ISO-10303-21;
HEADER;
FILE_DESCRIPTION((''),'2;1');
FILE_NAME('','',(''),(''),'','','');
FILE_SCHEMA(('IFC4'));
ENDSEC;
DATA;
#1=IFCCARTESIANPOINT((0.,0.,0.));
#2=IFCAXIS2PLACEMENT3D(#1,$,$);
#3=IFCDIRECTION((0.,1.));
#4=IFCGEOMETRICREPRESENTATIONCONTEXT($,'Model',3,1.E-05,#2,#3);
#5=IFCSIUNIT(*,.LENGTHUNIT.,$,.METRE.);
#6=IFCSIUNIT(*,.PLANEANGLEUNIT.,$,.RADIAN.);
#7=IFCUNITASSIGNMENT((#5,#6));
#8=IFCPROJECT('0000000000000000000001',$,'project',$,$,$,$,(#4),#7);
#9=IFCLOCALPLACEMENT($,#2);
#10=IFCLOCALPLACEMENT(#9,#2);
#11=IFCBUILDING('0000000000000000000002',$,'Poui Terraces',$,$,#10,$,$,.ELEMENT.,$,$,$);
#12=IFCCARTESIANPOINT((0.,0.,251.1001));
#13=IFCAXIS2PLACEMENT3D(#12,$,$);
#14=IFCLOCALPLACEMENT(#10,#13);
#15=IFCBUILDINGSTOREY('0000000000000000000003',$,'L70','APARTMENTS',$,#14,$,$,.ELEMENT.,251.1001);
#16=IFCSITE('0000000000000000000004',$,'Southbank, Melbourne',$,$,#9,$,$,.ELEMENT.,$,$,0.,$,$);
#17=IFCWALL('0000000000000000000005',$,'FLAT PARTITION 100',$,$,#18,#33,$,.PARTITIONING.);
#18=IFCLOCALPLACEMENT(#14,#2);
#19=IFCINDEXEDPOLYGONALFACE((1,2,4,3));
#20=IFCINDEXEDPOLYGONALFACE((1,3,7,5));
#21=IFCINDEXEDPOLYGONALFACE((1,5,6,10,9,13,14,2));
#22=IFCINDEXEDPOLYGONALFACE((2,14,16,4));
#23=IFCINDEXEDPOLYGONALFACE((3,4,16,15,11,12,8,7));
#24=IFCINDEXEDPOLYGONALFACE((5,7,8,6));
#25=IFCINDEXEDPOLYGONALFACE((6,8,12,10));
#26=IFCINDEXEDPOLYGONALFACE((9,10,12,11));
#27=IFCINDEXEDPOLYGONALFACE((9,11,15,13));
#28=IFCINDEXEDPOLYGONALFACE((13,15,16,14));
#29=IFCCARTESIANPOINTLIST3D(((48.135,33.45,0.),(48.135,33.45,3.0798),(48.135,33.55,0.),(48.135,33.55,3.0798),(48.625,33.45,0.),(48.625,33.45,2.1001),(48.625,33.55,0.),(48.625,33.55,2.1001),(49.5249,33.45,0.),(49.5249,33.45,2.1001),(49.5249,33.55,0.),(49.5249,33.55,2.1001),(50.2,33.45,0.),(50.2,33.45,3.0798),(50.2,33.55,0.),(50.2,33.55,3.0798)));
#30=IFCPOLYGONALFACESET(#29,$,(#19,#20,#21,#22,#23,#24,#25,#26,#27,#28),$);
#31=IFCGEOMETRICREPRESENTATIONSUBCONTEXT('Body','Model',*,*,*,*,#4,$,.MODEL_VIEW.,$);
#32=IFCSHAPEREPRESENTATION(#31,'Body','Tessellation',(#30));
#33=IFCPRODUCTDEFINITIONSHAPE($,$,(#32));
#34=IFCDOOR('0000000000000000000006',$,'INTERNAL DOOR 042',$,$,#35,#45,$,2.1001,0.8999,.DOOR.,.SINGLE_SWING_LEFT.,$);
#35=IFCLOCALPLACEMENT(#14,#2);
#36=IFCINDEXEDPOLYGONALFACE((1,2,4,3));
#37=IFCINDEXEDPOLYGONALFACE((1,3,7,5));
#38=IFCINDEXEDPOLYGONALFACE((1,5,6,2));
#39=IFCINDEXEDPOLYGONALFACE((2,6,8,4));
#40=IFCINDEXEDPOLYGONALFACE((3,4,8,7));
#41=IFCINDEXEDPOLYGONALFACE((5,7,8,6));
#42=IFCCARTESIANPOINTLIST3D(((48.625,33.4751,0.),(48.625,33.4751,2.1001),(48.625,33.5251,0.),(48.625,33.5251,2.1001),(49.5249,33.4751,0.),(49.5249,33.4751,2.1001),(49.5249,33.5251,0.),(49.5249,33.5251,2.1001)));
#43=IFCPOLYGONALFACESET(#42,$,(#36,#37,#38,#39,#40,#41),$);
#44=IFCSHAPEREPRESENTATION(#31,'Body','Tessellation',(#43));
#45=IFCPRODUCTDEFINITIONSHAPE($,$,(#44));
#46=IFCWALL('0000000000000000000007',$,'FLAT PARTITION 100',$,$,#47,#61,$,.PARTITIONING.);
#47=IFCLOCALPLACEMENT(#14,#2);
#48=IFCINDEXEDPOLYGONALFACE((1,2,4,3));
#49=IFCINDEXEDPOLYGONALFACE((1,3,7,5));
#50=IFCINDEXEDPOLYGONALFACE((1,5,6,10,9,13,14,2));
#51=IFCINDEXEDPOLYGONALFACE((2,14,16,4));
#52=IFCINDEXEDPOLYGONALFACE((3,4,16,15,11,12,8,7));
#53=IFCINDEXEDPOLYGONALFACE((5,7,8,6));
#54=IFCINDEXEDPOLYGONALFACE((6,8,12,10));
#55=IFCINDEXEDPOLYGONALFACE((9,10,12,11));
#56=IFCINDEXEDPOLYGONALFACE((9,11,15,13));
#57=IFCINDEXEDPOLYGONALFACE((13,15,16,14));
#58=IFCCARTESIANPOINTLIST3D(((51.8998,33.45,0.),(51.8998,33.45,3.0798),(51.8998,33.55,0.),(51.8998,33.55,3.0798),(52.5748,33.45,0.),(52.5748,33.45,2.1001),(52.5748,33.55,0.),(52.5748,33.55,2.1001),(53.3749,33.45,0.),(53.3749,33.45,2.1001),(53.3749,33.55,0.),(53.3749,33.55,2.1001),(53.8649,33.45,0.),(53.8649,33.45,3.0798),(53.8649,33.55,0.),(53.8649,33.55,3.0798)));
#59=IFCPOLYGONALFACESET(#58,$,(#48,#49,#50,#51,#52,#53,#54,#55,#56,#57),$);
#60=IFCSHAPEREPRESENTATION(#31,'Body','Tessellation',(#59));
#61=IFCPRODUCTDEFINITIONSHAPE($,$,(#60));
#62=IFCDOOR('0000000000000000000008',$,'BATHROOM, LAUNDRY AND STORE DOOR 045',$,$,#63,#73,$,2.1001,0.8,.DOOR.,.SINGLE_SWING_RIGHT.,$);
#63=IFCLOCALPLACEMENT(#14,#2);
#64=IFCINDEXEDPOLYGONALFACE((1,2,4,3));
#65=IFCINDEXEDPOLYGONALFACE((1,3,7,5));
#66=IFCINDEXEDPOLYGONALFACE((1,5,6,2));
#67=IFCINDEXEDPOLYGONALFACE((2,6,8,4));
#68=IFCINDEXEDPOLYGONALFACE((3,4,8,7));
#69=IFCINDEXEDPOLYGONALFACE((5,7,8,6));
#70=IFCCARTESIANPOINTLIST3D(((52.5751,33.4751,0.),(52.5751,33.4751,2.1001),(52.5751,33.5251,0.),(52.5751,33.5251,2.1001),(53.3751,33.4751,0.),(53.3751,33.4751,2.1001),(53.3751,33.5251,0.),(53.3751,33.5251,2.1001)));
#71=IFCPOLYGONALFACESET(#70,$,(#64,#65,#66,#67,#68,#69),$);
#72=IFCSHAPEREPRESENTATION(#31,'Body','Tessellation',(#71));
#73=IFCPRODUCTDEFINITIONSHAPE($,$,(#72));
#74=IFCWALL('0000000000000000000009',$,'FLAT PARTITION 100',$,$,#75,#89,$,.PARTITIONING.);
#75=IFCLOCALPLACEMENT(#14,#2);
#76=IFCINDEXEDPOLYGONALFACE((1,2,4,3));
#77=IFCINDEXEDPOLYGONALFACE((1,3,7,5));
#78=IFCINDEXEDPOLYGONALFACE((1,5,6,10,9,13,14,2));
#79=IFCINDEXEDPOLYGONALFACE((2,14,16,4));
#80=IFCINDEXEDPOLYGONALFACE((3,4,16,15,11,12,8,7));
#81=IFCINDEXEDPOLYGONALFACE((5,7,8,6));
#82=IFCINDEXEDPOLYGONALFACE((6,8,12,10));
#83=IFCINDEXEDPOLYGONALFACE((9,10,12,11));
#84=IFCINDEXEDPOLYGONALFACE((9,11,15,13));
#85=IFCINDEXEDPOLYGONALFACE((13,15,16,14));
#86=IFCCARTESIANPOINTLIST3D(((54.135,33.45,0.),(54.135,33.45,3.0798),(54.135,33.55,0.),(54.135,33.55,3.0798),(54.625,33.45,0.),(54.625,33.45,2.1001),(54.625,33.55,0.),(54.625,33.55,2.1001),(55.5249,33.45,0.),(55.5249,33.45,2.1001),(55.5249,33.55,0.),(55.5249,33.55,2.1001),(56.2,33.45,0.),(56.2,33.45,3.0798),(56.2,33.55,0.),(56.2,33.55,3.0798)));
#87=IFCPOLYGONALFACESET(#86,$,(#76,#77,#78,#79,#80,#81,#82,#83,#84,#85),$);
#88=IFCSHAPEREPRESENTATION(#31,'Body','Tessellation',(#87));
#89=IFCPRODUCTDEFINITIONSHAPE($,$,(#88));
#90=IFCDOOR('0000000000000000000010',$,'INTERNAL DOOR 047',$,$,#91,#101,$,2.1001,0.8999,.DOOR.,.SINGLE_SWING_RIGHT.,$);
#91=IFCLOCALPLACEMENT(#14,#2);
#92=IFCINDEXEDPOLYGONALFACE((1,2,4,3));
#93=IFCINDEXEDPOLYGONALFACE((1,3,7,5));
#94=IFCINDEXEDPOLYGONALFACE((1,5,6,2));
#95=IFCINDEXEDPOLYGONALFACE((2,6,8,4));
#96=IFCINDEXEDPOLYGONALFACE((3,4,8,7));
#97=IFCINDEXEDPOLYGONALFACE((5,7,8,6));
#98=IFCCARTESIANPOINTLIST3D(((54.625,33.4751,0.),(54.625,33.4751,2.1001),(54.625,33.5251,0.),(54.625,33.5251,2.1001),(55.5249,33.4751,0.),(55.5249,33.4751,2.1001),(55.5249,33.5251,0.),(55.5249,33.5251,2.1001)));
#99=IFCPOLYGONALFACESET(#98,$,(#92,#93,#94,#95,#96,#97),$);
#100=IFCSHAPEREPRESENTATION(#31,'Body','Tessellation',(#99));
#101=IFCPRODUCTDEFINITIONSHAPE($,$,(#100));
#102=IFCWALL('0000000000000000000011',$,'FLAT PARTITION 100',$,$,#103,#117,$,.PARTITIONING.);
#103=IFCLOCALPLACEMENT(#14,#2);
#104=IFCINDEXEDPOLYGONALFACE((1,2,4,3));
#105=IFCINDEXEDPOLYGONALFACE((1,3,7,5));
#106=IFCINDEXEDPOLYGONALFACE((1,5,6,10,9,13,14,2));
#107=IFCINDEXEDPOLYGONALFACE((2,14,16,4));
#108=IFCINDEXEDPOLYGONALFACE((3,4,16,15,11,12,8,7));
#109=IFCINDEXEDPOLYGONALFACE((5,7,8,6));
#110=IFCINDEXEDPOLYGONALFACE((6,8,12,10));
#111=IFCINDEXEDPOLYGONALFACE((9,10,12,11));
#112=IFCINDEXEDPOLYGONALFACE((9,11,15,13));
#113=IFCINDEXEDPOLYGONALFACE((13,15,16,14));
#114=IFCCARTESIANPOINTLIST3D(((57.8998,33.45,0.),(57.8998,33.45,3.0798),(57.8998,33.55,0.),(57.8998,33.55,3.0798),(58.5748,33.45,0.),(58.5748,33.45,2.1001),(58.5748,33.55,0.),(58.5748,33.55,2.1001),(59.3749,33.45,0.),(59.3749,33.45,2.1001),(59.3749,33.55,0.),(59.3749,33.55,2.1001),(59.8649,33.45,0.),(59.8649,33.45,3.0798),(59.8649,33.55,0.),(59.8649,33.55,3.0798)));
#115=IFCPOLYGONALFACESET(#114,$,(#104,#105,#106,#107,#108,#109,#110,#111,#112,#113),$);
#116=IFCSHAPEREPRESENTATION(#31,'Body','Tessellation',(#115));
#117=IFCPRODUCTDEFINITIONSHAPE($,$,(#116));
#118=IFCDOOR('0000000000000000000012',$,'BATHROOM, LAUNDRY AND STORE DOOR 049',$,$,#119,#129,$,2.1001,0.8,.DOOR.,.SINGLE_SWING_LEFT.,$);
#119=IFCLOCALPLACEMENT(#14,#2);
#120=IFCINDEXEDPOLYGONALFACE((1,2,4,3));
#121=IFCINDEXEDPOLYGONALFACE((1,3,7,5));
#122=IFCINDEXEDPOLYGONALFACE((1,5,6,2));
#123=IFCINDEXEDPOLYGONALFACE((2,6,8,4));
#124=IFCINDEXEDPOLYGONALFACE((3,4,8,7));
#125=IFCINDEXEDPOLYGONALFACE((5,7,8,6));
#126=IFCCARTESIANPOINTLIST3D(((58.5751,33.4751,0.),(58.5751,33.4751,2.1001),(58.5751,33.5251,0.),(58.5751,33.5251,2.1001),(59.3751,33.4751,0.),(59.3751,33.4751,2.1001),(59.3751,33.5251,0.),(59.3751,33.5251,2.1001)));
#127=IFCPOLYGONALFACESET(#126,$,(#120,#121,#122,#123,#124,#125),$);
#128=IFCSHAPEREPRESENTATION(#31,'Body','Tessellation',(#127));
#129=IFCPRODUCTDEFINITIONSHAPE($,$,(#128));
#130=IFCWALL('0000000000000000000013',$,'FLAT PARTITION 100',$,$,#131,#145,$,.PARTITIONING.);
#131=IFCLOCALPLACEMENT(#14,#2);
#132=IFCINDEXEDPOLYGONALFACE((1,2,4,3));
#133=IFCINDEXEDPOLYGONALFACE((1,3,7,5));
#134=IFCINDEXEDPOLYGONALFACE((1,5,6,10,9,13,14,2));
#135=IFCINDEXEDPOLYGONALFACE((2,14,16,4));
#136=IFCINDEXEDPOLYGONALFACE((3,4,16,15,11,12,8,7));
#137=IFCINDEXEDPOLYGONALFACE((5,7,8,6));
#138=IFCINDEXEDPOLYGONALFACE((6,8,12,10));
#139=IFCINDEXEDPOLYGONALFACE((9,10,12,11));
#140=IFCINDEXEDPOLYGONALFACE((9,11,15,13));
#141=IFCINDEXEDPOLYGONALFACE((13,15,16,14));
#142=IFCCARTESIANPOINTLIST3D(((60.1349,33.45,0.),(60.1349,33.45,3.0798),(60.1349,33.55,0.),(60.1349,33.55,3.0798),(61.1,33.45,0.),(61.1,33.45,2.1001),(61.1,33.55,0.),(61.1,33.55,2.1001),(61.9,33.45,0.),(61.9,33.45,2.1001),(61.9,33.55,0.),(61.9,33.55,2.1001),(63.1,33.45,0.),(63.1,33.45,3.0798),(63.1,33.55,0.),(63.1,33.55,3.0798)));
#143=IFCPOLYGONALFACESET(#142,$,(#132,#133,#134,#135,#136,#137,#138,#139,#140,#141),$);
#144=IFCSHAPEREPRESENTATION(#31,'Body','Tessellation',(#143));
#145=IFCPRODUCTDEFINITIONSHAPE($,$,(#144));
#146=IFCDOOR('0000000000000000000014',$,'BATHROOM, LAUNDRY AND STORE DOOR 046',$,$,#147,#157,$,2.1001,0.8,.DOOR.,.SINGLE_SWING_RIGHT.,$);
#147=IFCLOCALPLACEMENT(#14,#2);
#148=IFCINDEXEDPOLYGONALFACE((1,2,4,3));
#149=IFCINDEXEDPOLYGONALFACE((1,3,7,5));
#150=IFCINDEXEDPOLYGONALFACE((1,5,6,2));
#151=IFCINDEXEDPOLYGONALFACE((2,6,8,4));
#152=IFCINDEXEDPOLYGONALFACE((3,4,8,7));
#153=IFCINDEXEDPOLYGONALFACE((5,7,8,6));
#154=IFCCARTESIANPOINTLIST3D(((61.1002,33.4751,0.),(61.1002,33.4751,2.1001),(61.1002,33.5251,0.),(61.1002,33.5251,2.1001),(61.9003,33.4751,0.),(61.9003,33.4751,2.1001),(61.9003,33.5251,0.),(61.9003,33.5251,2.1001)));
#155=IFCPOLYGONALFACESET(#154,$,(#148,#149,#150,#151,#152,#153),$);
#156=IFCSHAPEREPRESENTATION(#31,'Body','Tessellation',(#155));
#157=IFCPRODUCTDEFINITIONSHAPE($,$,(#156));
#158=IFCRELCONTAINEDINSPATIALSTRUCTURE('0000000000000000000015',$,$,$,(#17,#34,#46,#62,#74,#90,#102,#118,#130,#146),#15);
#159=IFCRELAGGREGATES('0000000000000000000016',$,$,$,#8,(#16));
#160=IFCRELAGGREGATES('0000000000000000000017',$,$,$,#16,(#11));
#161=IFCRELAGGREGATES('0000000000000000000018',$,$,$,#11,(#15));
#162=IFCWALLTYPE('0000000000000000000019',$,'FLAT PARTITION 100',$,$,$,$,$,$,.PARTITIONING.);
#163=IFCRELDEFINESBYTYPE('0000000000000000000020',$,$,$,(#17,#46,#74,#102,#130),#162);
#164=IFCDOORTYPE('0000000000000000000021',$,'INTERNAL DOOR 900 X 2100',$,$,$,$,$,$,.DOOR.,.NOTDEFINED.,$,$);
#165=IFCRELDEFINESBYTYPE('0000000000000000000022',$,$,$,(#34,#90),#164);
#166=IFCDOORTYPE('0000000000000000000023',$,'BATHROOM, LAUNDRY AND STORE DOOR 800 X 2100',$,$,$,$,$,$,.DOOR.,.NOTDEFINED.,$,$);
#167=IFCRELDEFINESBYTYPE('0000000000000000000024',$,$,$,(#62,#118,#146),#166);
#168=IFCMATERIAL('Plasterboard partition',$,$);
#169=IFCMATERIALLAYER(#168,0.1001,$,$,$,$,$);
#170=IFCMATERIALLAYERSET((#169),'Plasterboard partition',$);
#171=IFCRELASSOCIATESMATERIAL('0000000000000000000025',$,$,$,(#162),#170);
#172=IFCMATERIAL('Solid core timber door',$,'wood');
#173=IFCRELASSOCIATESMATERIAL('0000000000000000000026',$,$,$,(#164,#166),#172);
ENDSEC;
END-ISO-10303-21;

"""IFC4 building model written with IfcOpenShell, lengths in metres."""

from ifc_helpers import new_model, si_unit, direction, frame, frame_2d, origin, place, context, subcontext, project, spatial, rectangle, extrude, material, layer, layer_set, type_object, element, fill, save


model = new_model("IFC4")

# Units and contexts
model_context = context("Model", 3, precision=1e-05, world=origin(), true_north=direction((0.0, 1.0)))
body_context = subcontext(model_context, "Body", "Model", "MODEL_VIEW")
ifc_project = project(units=[si_unit("LENGTHUNIT", "METRE"), si_unit("PLANEANGLEUNIT", "RADIAN")], contexts=[model_context])

# Site, building, storey
site_placement = place(None, origin())
site = spatial("IfcSite", under=ifc_project, at=site_placement, Name="Southbank, Melbourne", CompositionType="ELEMENT", RefElevation=0.0)
building_placement = place(site_placement, origin())
building = spatial("IfcBuilding", under=site, at=building_placement, Name="Poui Terraces", CompositionType="ELEMENT")
storey_placement = place(building_placement, frame((0.0, 0.0, 251.1001)))
storey = spatial("IfcBuildingStorey", under=building, at=storey_placement, Name="L70", Description="APARTMENTS", CompositionType="ELEMENT", Elevation=251.1001)

# Walls, openings, doors
ifc_material_1 = material(Name="Plasterboard partition")
ifc_layer_1 = layer(ifc_material_1, 0.1001)
ifc_layer_set_1 = layer_set([ifc_layer_1], Name="Plasterboard partition")
wall_type_1 = type_object("IfcWallType", Name="FLAT PARTITION 100", PredefinedType="PARTITIONING", material=ifc_layer_set_1)
wall_1_placement = place(storey_placement, frame((48.135, 33.5, 0.0), z_axis=(0.0, 0.0, 1.0), x_axis=(1.0, 0.0, 0.0)))
wall_1 = element("IfcWall", 1, at=wall_1_placement, inside=storey, type_object=wall_type_1, Name="FLAT PARTITION 100", PredefinedType="PARTITIONING", context=body_context, shape_type="SweptSolid", body=[
    extrude(rectangle(XDim=2.0649, YDim=0.1001, at=frame_2d((1.0325, 0.0))), origin(), (0.0, 0.0, 1.0), 3.0798),
])
opening_1_placement = place(wall_1_placement, frame((0.49, 0.0, 0.0)))
opening_1 = element("IfcOpeningElement", 2, at=opening_1_placement, cuts=wall_1, PredefinedType="OPENING", context=body_context, shape_type="SweptSolid", body=[
    extrude(rectangle(XDim=0.8999, YDim=2.1001, at=frame_2d((0.45, 1.05))), frame((0.0, 0.0601, 0.0), z_axis=(0.0, -1.0, 0.0), x_axis=(1.0, 0.0, 0.0)), (0.0, 0.0, 1.0), 0.1201),
])
ifc_material_2 = material(Name="Solid core timber door", Category="wood")
door_type_1 = type_object("IfcDoorType", Name="INTERNAL DOOR 900 X 2100", OperationType="NOTDEFINED", PredefinedType="DOOR", material=ifc_material_2)
door_1_placement = place(opening_1_placement, frame((0.8999, 0.0, 0.0), z_axis=(0.0, 0.0, 1.0), x_axis=(-1.0, 0.0, 0.0)))
door_1 = element("IfcDoor", 3, at=door_1_placement, inside=storey, type_object=door_type_1, Name="INTERNAL DOOR 042", OperationType="SINGLE_SWING_LEFT", OverallHeight=2.1001, OverallWidth=0.8999, PredefinedType="DOOR", context=body_context, shape_type="SweptSolid", body=[
    extrude(rectangle(XDim=0.8999, YDim=2.1001, at=frame_2d((0.45, 1.05))), frame((0.0, 0.0249, 0.0), z_axis=(0.0, -1.0, 0.0), x_axis=(1.0, 0.0, 0.0)), (0.0, 0.0, 1.0), 0.05),
])
fill(opening_1, door_1)
wall_2_placement = place(storey_placement, frame((51.8999, 33.5, 0.0), z_axis=(0.0, 0.0, 1.0), x_axis=(1.0, 0.0, 0.0)))
wall_2 = element("IfcWall", 4, at=wall_2_placement, inside=storey, type_object=wall_type_1, Name="FLAT PARTITION 100", PredefinedType="PARTITIONING", context=body_context, shape_type="SweptSolid", body=[
    extrude(rectangle(XDim=1.9651, YDim=0.1001, at=frame_2d((0.9824, 0.0))), origin(), (0.0, 0.0, 1.0), 3.0798),
])
opening_2_placement = place(wall_2_placement, frame((0.675, 0.0, 0.0)))
opening_2 = element("IfcOpeningElement", 5, at=opening_2_placement, cuts=wall_2, PredefinedType="OPENING", context=body_context, shape_type="SweptSolid", body=[
    extrude(rectangle(XDim=0.8, YDim=2.1001, at=frame_2d((0.3999, 1.05))), frame((0.0, 0.0601, 0.0), z_axis=(0.0, -1.0, 0.0), x_axis=(1.0, 0.0, 0.0)), (0.0, 0.0, 1.0), 0.1201),
])
door_type_2 = type_object("IfcDoorType", Name="BATHROOM, LAUNDRY AND STORE DOOR 800 X 2100", OperationType="NOTDEFINED", PredefinedType="DOOR", material=ifc_material_2)
door_2_placement = place(opening_2_placement, frame((0.8, 0.0, 0.0), z_axis=(0.0, 0.0, 1.0), x_axis=(-1.0, 0.0, 0.0)))
door_2 = element("IfcDoor", 6, at=door_2_placement, inside=storey, type_object=door_type_2, Name="BATHROOM, LAUNDRY AND STORE DOOR 045", OperationType="SINGLE_SWING_RIGHT", OverallHeight=2.1001, OverallWidth=0.8, PredefinedType="DOOR", context=body_context, shape_type="SweptSolid", body=[
    extrude(rectangle(XDim=0.8, YDim=2.1001, at=frame_2d((0.3999, 1.05))), frame((0.0, 0.0249, 0.0), z_axis=(0.0, -1.0, 0.0), x_axis=(1.0, 0.0, 0.0)), (0.0, 0.0, 1.0), 0.05),
])
fill(opening_2, door_2)
wall_3_placement = place(storey_placement, frame((54.135, 33.5, 0.0), z_axis=(0.0, 0.0, 1.0), x_axis=(1.0, 0.0, 0.0)))
wall_3 = element("IfcWall", 7, at=wall_3_placement, inside=storey, type_object=wall_type_1, Name="FLAT PARTITION 100", PredefinedType="PARTITIONING", context=body_context, shape_type="SweptSolid", body=[
    extrude(rectangle(XDim=2.0649, YDim=0.1001, at=frame_2d((1.0325, 0.0))), origin(), (0.0, 0.0, 1.0), 3.0798),
])
opening_3_placement = place(wall_3_placement, frame((0.49, 0.0, 0.0)))
opening_3 = element("IfcOpeningElement", 8, at=opening_3_placement, cuts=wall_3, PredefinedType="OPENING", context=body_context, shape_type="SweptSolid", body=[
    extrude(rectangle(XDim=0.8999, YDim=2.1001, at=frame_2d((0.45, 1.05))), frame((0.0, 0.0601, 0.0), z_axis=(0.0, -1.0, 0.0), x_axis=(1.0, 0.0, 0.0)), (0.0, 0.0, 1.0), 0.1201),
])
door_3_placement = place(opening_3_placement, frame((0.8999, 0.0, 0.0), z_axis=(0.0, 0.0, 1.0), x_axis=(-1.0, 0.0, 0.0)))
door_3 = element("IfcDoor", 9, at=door_3_placement, inside=storey, type_object=door_type_1, Name="INTERNAL DOOR 047", OperationType="SINGLE_SWING_RIGHT", OverallHeight=2.1001, OverallWidth=0.8999, PredefinedType="DOOR", context=body_context, shape_type="SweptSolid", body=[
    extrude(rectangle(XDim=0.8999, YDim=2.1001, at=frame_2d((0.45, 1.05))), frame((0.0, 0.0249, 0.0), z_axis=(0.0, -1.0, 0.0), x_axis=(1.0, 0.0, 0.0)), (0.0, 0.0, 1.0), 0.05),
])
fill(opening_3, door_3)
wall_4_placement = place(storey_placement, frame((57.8999, 33.5, 0.0), z_axis=(0.0, 0.0, 1.0), x_axis=(1.0, 0.0, 0.0)))
wall_4 = element("IfcWall", 10, at=wall_4_placement, inside=storey, type_object=wall_type_1, Name="FLAT PARTITION 100", PredefinedType="PARTITIONING", context=body_context, shape_type="SweptSolid", body=[
    extrude(rectangle(XDim=1.9651, YDim=0.1001, at=frame_2d((0.9824, 0.0))), origin(), (0.0, 0.0, 1.0), 3.0798),
])
opening_4_placement = place(wall_4_placement, frame((0.675, 0.0, 0.0)))
opening_4 = element("IfcOpeningElement", 11, at=opening_4_placement, cuts=wall_4, PredefinedType="OPENING", context=body_context, shape_type="SweptSolid", body=[
    extrude(rectangle(XDim=0.8, YDim=2.1001, at=frame_2d((0.3999, 1.05))), frame((0.0, 0.0601, 0.0), z_axis=(0.0, -1.0, 0.0), x_axis=(1.0, 0.0, 0.0)), (0.0, 0.0, 1.0), 0.1201),
])
door_4_placement = place(opening_4_placement, frame((0.8, 0.0, 0.0), z_axis=(0.0, 0.0, 1.0), x_axis=(-1.0, 0.0, 0.0)))
door_4 = element("IfcDoor", 12, at=door_4_placement, inside=storey, type_object=door_type_2, Name="BATHROOM, LAUNDRY AND STORE DOOR 049", OperationType="SINGLE_SWING_LEFT", OverallHeight=2.1001, OverallWidth=0.8, PredefinedType="DOOR", context=body_context, shape_type="SweptSolid", body=[
    extrude(rectangle(XDim=0.8, YDim=2.1001, at=frame_2d((0.3999, 1.05))), frame((0.0, 0.0249, 0.0), z_axis=(0.0, -1.0, 0.0), x_axis=(1.0, 0.0, 0.0)), (0.0, 0.0, 1.0), 0.05),
])
fill(opening_4, door_4)
wall_5_placement = place(storey_placement, frame((60.135, 33.5, 0.0), z_axis=(0.0, 0.0, 1.0), x_axis=(1.0, 0.0, 0.0)))
wall_5 = element("IfcWall", 13, at=wall_5_placement, inside=storey, type_object=wall_type_1, Name="FLAT PARTITION 100", PredefinedType="PARTITIONING", context=body_context, shape_type="SweptSolid", body=[
    extrude(rectangle(XDim=2.9651, YDim=0.1001, at=frame_2d((1.4824, 0.0))), origin(), (0.0, 0.0, 1.0), 3.0798),
])
opening_5_placement = place(wall_5_placement, frame((0.9651, 0.0, 0.0)))
opening_5 = element("IfcOpeningElement", 14, at=opening_5_placement, cuts=wall_5, PredefinedType="OPENING", context=body_context, shape_type="SweptSolid", body=[
    extrude(rectangle(XDim=0.8, YDim=2.1001, at=frame_2d((0.3999, 1.05))), frame((0.0, 0.0601, 0.0), z_axis=(0.0, -1.0, 0.0), x_axis=(1.0, 0.0, 0.0)), (0.0, 0.0, 1.0), 0.1201),
])
door_5_placement = place(opening_5_placement, frame((0.8, 0.0, 0.0), z_axis=(0.0, 0.0, 1.0), x_axis=(-1.0, 0.0, 0.0)))
door_5 = element("IfcDoor", 15, at=door_5_placement, inside=storey, type_object=door_type_2, Name="BATHROOM, LAUNDRY AND STORE DOOR 046", OperationType="SINGLE_SWING_RIGHT", OverallHeight=2.1001, OverallWidth=0.8, PredefinedType="DOOR", context=body_context, shape_type="SweptSolid", body=[
    extrude(rectangle(XDim=0.8, YDim=2.1001, at=frame_2d((0.3999, 1.05))), frame((0.0, 0.0249, 0.0), z_axis=(0.0, -1.0, 0.0), x_axis=(1.0, 0.0, 0.0)), (0.0, 0.0, 1.0), 0.05),
])
fill(opening_5, door_5)

save(model, "model.ifc")
